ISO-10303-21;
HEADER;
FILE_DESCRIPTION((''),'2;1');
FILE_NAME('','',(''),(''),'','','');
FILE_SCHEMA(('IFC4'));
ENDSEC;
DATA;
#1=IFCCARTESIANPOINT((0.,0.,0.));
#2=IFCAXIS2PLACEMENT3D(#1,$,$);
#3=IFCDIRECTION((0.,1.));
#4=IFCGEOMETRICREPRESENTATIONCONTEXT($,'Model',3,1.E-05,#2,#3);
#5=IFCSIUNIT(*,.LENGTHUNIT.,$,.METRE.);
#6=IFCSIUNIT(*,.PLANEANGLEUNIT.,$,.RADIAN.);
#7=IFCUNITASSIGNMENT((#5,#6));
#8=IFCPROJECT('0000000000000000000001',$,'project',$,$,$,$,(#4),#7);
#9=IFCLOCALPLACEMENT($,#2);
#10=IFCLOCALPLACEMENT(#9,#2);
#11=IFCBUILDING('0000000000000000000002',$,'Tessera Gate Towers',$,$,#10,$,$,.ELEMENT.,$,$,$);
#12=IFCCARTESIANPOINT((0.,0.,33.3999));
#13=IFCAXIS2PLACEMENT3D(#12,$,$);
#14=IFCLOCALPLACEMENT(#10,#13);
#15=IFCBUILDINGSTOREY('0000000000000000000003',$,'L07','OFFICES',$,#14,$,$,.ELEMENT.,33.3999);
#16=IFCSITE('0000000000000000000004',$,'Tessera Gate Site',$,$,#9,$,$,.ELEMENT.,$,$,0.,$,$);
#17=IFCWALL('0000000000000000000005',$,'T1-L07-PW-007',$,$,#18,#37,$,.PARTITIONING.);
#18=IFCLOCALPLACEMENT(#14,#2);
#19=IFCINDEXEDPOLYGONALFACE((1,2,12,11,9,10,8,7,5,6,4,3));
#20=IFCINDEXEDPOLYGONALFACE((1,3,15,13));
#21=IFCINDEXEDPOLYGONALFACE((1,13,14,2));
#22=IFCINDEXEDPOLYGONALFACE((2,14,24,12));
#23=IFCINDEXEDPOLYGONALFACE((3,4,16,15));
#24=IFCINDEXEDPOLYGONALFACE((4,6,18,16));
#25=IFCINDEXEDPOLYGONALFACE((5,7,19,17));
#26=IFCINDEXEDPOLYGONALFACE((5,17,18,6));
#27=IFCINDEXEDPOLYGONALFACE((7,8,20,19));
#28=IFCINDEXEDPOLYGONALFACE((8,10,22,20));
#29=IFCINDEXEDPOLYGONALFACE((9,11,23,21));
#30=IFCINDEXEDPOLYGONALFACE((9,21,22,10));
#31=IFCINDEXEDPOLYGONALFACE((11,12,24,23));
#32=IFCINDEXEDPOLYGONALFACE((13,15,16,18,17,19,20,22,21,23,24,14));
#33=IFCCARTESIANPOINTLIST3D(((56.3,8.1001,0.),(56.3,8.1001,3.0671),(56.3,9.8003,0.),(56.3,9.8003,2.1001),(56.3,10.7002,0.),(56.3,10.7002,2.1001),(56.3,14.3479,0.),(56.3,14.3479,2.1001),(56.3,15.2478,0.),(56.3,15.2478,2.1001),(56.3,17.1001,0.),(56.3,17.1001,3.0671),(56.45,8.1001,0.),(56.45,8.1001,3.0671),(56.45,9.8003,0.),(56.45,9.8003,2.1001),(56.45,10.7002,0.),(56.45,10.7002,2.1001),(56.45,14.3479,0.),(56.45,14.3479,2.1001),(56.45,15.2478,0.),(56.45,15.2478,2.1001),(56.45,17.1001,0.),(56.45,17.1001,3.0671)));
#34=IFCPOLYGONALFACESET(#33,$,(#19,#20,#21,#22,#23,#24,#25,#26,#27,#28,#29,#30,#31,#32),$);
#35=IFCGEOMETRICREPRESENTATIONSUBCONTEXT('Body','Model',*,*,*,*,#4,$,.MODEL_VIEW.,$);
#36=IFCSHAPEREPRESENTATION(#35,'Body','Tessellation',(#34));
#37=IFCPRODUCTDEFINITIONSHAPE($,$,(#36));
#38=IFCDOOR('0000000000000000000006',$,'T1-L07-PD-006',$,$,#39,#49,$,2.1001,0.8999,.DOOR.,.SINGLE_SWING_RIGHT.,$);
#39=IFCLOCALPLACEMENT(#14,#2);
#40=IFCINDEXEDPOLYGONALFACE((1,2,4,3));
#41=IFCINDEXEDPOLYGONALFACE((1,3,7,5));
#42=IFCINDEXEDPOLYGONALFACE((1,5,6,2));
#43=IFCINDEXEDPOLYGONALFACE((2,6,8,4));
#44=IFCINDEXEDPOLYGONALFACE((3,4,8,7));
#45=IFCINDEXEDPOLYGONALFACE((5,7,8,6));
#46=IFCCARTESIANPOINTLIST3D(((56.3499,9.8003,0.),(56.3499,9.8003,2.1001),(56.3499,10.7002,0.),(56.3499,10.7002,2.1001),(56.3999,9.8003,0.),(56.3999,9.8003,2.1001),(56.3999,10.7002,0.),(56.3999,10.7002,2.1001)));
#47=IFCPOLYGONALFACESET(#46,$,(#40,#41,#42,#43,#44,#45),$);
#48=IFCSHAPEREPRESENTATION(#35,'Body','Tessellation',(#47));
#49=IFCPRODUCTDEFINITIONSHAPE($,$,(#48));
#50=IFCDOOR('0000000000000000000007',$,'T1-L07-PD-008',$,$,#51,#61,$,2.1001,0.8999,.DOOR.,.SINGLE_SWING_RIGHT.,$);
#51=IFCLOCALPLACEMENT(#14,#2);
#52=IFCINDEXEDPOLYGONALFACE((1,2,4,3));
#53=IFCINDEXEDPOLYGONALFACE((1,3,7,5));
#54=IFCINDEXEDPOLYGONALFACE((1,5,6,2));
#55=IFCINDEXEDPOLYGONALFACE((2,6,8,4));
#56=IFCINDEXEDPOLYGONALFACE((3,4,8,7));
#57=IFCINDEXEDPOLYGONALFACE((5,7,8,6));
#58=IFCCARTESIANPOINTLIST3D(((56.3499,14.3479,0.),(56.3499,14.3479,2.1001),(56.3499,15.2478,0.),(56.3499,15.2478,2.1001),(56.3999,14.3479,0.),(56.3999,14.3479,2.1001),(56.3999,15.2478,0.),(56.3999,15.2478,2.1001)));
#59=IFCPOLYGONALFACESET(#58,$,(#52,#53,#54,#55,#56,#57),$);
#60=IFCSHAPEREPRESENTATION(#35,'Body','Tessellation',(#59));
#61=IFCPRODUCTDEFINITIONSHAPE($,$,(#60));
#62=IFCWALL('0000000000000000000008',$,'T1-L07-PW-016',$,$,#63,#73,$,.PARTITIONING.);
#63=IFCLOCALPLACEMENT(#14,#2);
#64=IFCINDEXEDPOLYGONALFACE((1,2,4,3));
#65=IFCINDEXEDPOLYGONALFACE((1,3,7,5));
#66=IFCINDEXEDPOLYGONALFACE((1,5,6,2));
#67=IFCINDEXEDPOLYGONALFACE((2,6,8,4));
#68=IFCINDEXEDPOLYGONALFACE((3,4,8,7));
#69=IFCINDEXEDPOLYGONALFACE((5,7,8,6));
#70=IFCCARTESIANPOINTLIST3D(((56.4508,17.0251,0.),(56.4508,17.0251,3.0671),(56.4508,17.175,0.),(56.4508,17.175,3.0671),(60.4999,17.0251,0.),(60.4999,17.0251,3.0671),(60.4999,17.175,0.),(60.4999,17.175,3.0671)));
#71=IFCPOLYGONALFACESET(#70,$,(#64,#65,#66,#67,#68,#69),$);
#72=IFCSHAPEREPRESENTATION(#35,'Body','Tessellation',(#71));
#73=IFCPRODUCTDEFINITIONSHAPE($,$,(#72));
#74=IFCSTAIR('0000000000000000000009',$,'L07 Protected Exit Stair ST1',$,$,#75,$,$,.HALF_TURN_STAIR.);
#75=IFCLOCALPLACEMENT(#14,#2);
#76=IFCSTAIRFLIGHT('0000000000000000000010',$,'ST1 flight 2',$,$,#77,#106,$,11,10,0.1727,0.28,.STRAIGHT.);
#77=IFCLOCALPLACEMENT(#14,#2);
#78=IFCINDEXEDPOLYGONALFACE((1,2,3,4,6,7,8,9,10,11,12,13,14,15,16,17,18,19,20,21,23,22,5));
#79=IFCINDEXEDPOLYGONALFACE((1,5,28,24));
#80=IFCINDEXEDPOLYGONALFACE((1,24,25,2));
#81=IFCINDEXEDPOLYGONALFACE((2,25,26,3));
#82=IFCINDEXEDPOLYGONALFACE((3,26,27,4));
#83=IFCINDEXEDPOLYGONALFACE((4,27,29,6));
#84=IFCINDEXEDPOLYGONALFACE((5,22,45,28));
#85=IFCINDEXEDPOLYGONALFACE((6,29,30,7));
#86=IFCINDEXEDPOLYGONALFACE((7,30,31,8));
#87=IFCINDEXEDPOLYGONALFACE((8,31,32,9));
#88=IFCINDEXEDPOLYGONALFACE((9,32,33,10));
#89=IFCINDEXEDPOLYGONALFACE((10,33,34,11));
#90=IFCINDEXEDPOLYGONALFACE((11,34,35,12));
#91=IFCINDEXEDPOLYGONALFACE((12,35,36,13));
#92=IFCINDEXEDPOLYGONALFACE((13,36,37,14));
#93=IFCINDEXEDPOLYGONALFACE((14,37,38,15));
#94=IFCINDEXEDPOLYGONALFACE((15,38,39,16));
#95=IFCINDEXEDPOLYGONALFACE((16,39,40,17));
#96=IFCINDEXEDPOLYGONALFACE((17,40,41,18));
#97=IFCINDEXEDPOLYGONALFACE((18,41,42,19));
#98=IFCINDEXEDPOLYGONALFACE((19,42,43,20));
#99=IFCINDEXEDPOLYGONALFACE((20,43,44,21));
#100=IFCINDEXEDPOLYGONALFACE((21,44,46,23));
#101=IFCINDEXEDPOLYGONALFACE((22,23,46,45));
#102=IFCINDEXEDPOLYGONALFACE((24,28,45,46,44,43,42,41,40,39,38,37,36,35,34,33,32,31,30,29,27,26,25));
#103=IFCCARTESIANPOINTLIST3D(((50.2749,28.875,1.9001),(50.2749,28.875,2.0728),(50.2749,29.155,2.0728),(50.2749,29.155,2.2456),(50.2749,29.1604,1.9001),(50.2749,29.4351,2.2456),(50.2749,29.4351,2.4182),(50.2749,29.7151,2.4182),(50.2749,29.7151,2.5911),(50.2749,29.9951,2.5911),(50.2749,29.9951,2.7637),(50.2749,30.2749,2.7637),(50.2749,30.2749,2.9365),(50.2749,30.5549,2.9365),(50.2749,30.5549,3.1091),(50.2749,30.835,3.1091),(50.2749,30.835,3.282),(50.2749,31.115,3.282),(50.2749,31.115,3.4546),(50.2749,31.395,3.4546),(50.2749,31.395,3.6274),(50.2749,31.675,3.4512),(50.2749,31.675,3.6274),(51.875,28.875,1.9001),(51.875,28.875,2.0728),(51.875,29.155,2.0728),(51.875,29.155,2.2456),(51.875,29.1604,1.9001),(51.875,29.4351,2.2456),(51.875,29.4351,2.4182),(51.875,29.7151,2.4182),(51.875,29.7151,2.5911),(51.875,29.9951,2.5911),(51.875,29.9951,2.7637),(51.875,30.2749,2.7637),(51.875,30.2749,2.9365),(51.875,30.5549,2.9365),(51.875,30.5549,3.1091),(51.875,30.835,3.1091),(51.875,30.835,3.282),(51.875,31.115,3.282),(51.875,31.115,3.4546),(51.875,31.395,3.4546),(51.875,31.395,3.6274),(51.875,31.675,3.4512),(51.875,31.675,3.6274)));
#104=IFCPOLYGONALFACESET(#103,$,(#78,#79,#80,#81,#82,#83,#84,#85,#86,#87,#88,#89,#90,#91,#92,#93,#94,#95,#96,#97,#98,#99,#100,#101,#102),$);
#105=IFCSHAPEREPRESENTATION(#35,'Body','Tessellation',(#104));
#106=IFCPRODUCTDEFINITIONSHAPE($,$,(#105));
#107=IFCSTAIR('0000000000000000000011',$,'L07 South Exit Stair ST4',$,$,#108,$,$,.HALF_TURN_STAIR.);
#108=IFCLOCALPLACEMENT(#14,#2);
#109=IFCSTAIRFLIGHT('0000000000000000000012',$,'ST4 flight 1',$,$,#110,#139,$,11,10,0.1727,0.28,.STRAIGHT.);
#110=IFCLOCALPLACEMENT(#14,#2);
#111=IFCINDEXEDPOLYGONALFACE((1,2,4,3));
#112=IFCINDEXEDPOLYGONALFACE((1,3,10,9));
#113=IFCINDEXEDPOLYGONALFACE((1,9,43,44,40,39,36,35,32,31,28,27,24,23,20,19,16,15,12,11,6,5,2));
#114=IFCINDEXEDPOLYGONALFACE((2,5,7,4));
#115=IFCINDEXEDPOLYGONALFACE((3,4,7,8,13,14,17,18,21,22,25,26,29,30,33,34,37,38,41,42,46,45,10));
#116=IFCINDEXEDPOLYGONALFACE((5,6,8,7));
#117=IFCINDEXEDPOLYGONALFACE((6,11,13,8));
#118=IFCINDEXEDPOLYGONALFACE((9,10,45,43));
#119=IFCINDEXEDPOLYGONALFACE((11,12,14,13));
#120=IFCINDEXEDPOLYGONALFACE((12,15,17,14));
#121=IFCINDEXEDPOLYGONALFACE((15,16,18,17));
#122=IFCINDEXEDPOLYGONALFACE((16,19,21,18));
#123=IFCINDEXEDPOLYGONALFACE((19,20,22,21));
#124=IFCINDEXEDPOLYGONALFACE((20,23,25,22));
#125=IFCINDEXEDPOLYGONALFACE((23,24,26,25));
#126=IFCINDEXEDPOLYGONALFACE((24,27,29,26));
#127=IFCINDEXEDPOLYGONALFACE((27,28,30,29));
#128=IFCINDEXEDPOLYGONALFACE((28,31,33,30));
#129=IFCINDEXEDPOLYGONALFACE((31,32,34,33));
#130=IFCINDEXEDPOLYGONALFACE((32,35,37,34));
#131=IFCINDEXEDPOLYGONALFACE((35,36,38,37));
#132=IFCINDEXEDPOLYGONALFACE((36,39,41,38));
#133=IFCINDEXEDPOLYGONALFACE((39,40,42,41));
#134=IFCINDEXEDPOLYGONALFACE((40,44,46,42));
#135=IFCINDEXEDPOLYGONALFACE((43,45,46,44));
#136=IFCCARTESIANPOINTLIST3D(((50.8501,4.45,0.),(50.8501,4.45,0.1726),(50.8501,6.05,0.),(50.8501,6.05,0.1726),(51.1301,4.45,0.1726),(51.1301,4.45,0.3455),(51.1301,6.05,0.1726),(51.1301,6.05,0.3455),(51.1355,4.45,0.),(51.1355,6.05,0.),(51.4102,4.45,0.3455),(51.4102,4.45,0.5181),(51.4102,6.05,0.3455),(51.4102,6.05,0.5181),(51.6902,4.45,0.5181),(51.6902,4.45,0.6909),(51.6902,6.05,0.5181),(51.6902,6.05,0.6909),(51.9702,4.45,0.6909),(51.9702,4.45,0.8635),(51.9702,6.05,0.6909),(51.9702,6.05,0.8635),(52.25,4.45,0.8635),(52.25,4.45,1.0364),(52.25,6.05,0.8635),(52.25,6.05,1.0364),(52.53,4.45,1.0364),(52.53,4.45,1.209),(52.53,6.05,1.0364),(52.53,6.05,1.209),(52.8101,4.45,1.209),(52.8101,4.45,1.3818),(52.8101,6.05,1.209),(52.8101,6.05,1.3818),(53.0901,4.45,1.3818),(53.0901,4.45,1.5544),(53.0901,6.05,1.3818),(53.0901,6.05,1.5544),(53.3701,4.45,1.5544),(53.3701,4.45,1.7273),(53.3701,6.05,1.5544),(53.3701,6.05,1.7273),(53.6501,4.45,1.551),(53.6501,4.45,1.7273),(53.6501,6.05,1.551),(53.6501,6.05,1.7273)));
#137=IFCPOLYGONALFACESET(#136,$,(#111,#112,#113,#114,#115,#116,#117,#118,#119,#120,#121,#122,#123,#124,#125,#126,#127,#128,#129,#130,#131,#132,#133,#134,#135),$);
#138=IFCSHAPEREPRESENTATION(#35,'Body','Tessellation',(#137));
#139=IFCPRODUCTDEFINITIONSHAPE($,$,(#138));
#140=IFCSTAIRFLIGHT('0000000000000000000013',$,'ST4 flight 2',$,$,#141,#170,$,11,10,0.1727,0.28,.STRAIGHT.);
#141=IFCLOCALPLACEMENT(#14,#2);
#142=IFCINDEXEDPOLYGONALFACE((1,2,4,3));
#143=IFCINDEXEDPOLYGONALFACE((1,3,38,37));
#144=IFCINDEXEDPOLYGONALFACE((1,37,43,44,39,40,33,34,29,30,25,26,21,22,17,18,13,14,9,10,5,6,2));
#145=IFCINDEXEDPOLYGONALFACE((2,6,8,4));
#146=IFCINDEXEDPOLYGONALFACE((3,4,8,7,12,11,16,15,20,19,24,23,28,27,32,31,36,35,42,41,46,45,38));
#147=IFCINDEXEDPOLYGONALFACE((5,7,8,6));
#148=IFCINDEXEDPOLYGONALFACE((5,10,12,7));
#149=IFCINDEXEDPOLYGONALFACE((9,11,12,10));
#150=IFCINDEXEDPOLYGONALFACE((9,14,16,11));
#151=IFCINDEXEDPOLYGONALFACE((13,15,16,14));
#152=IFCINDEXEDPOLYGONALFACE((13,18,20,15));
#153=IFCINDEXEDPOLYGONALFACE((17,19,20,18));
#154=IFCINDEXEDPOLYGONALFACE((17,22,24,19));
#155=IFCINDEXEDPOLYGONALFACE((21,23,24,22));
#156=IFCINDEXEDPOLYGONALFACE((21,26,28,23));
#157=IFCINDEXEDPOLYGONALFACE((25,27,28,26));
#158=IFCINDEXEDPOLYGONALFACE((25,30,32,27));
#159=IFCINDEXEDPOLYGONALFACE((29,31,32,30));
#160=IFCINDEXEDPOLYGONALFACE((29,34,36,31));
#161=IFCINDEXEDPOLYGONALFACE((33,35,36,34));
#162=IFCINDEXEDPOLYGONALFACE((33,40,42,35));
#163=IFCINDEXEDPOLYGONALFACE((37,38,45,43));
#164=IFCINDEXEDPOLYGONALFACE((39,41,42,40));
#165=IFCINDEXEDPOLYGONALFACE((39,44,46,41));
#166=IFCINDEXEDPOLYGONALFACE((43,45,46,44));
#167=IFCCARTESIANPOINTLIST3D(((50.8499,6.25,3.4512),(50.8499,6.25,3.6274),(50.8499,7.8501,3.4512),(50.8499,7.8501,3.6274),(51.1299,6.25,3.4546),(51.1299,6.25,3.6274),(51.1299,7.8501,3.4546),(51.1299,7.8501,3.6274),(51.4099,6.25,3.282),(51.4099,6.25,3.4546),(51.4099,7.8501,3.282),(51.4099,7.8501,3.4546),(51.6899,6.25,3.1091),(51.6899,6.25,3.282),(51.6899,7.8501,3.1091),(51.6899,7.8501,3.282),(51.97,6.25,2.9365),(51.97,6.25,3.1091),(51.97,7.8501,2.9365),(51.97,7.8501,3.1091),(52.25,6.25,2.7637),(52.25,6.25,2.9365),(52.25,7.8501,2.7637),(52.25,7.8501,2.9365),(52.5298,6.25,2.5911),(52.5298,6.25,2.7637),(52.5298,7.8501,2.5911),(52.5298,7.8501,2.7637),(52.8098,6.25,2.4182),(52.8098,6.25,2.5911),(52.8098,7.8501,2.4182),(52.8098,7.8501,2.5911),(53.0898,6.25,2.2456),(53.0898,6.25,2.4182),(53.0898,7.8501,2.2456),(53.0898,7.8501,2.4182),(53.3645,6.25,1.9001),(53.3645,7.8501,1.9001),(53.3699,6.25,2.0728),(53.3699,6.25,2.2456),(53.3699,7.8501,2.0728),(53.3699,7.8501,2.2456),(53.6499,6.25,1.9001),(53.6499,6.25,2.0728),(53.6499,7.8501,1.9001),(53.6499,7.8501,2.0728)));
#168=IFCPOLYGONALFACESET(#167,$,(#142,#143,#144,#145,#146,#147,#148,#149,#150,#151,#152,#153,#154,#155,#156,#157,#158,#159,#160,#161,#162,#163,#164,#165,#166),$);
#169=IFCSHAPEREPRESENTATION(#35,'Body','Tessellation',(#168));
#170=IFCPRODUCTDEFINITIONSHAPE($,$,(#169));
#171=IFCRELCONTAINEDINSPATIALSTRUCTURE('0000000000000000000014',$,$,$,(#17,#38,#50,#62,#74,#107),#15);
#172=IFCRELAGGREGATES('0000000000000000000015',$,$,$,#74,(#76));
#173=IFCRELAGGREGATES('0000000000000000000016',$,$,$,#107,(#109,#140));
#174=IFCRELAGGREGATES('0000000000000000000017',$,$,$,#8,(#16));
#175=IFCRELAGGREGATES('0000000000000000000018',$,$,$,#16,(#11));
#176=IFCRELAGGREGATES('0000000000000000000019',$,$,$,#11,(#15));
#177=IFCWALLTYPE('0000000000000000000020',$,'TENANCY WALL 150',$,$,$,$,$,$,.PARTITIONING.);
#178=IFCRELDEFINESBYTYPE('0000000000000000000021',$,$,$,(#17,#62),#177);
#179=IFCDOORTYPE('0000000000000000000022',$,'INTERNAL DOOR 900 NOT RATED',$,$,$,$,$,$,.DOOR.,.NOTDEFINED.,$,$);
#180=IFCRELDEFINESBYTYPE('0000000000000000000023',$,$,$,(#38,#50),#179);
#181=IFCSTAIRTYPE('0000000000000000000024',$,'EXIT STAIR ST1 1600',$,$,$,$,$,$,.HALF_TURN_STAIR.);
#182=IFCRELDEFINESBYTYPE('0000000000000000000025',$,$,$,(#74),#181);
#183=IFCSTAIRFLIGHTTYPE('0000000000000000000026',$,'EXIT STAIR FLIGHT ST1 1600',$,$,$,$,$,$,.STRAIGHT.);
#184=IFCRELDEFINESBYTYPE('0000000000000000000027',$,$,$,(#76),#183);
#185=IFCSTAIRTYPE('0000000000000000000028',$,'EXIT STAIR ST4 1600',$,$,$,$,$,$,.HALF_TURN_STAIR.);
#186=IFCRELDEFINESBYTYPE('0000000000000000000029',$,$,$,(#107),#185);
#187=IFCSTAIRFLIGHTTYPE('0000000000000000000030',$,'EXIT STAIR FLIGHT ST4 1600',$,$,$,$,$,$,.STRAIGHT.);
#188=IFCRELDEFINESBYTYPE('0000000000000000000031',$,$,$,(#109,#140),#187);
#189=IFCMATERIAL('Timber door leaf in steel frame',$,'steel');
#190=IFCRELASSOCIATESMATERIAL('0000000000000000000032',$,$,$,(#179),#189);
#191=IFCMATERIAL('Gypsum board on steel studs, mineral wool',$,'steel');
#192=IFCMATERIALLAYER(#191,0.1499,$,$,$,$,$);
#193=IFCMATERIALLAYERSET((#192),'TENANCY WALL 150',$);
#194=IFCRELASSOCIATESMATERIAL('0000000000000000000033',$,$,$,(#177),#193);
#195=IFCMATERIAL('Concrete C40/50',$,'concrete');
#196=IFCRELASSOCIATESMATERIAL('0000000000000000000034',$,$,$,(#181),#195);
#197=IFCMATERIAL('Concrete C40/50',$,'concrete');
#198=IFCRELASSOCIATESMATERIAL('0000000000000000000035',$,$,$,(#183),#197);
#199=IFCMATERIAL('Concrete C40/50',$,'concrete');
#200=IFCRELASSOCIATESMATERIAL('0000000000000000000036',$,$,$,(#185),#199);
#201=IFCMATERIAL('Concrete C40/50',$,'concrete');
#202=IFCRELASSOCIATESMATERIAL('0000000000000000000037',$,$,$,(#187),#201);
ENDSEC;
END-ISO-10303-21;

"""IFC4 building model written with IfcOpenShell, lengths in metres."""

from ifc_helpers import new_model, si_unit, direction, frame, frame_2d, origin, place, context, subcontext, project, spatial, polyline, rectangle, outline, extrude, source, transform, mapped, material, layer, layer_set, type_object, element, fill, aggregate, save


model = new_model("IFC4")

# Units and contexts
model_context = context("Model", 3, precision=1e-05, world=origin(), true_north=direction((0.0, 1.0)))
body_context = subcontext(model_context, "Body", "Model", "MODEL_VIEW")
ifc_project = project(units=[si_unit("LENGTHUNIT", "METRE"), si_unit("PLANEANGLEUNIT", "RADIAN")], contexts=[model_context])

# Site, building, storey
site_placement = place(None, origin())
site = spatial("IfcSite", under=ifc_project, at=site_placement, Name="Tessera Gate Site", CompositionType="ELEMENT", RefElevation=0.0)
building_placement = place(site_placement, origin())
building = spatial("IfcBuilding", under=site, at=building_placement, Name="Tessera Gate Towers", CompositionType="ELEMENT")
storey_placement = place(building_placement, frame((0.0, 0.0, 33.3999)))
storey = spatial("IfcBuildingStorey", under=building, at=storey_placement, Name="L07", Description="OFFICES", CompositionType="ELEMENT", Elevation=33.3999)

# Shared definitions
ifc_material_1 = material(Name="Timber door leaf in steel frame", Category="steel")
door_type_1 = type_object("IfcDoorType", Name="INTERNAL DOOR 900 NOT RATED", OperationType="NOTDEFINED", PredefinedType="DOOR", material=ifc_material_1)
shared_shape_1 = source(origin(), body_context, "Body", "SweptSolid", [
    extrude(rectangle(XDim=0.8999, YDim=2.1001, at=frame_2d((0.45, 1.05))), frame((0.0, 0.0249, 0.0), z_axis=(0.0, -1.0, 0.0), x_axis=(1.0, 0.0, 0.0)), (0.0, 0.0, 1.0), 0.05),
])

# Wall, openings, doors
ifc_material_2 = material(Name="Gypsum board on steel studs, mineral wool", Category="steel")
ifc_layer_1 = layer(ifc_material_2, 0.1499)
ifc_layer_set_1 = layer_set([ifc_layer_1], Name="TENANCY WALL 150")
wall_type_1 = type_object("IfcWallType", Name="TENANCY WALL 150", PredefinedType="PARTITIONING", material=ifc_layer_set_1)
wall_1_placement = place(storey_placement, frame((56.375, 17.1001, 0.0), z_axis=(0.0, 0.0, 1.0), x_axis=(0.0, -1.0, 0.0)))
wall_1 = element("IfcWall", 1, at=wall_1_placement, inside=storey, type_object=wall_type_1, Name="T1-L07-PW-007", PredefinedType="PARTITIONING", context=body_context, shape_type="SweptSolid", body=[
    extrude(rectangle(XDim=9.0, YDim=0.1499, at=frame_2d((4.5, 0.0))), origin(), (0.0, 0.0, 1.0), 3.0671),
])
shared_shape_2 = source(origin(), body_context, "Body", "SweptSolid", [
    extrude(rectangle(XDim=0.8999, YDim=2.1001, at=frame_2d((0.45, 1.05))), frame((0.0, 0.085, 0.0), z_axis=(0.0, -1.0, 0.0), x_axis=(1.0, 0.0, 0.0)), (0.0, 0.0, 1.0), 0.1699),
])
opening_1_placement = place(wall_1_placement, frame((6.3999, 0.0, 0.0)))
opening_1 = element("IfcOpeningElement", 2, at=opening_1_placement, cuts=wall_1, PredefinedType="OPENING", context=body_context, shape_type="MappedRepresentation", body=[
    mapped(shared_shape_2, transform((0.0, 0.0, 0.0), scale=1.0)),
])
opening_2_placement = place(wall_1_placement, frame((1.8523, 0.0, 0.0)))
opening_2 = element("IfcOpeningElement", 3, at=opening_2_placement, cuts=wall_1, PredefinedType="OPENING", context=body_context, shape_type="MappedRepresentation", body=[
    mapped(shared_shape_2, transform((0.0, 0.0, 0.0), scale=1.0)),
])
door_1_placement = place(opening_1_placement, origin())
door_1 = element("IfcDoor", 4, at=door_1_placement, inside=storey, type_object=door_type_1, Name="T1-L07-PD-006", OperationType="SINGLE_SWING_RIGHT", OverallHeight=2.1001, OverallWidth=0.8999, PredefinedType="DOOR", context=body_context, shape_type="MappedRepresentation", body=[
    mapped(shared_shape_1, transform((0.0, 0.0, 0.0), scale=1.0)),
])
fill(opening_1, door_1)
door_2_placement = place(opening_2_placement, origin())
door_2 = element("IfcDoor", 5, at=door_2_placement, inside=storey, type_object=door_type_1, Name="T1-L07-PD-008", OperationType="SINGLE_SWING_RIGHT", OverallHeight=2.1001, OverallWidth=0.8999, PredefinedType="DOOR", context=body_context, shape_type="MappedRepresentation", body=[
    mapped(shared_shape_1, transform((0.0, 0.0, 0.0), scale=1.0)),
])
fill(opening_2, door_2)

# Wall
wall_2_placement = place(storey_placement, frame((56.4509, 17.1001, 0.0), z_axis=(0.0, 0.0, 1.0), x_axis=(1.0, 0.0, 0.0)))
element("IfcWall", 6, at=wall_2_placement, inside=storey, type_object=wall_type_1, Name="T1-L07-PW-016", PredefinedType="PARTITIONING", context=body_context, shape_type="SweptSolid", body=[
    extrude(rectangle(XDim=4.0491, YDim=0.1499, at=frame_2d((2.0244, 0.0))), origin(), (0.0, 0.0, 1.0), 3.0671),
])

# Stair, stair flight
ifc_material_3 = material(Name="Concrete C40/50", Category="concrete")
stair_type_1 = type_object("IfcStairType", Name="EXIT STAIR ST1 1600", PredefinedType="HALF_TURN_STAIR", material=ifc_material_3)
stair_1_placement = place(storey_placement, origin())
stair_1 = element("IfcStair", 7, at=stair_1_placement, inside=storey, type_object=stair_type_1, Name="L07 Protected Exit Stair ST1", PredefinedType="HALF_TURN_STAIR")
ifc_material_4 = material(Name="Concrete C40/50", Category="concrete")
stair_flight_type_1 = type_object("IfcStairFlightType", Name="EXIT STAIR FLIGHT ST1 1600", PredefinedType="STRAIGHT", material=ifc_material_4)
stair_flight_1_placement = place(storey_placement, frame((51.075, 28.875, 1.9001), z_axis=(0.0, 0.0, 1.0), x_axis=(0.0, 1.0, 0.0)))
stair_flight_1 = element("IfcStairFlight", 8, at=stair_flight_1_placement, type_object=stair_flight_type_1, Name="ST1 flight 2", NumberOfRisers=11, NumberOfTreads=10, PredefinedType="STRAIGHT", RiserHeight=0.1727, TreadLength=0.28, context=body_context, shape_type="SweptSolid", body=[
    extrude(outline(polyline([(0.0, 0.0), (0.0, 0.1726), (0.28, 0.1726), (0.28, 0.3455), (0.5601, 0.3455), (0.5601, 0.5181), (0.8401, 0.5181), (0.8401, 0.6909), (1.1201, 0.6909), (1.1201, 0.8635), (1.3999, 0.8635), (1.3999, 1.0364), (1.6799, 1.0364), (1.6799, 1.209), (1.96, 1.209), (1.96, 1.3818), (2.24, 1.3818), (2.24, 1.5544), (2.52, 1.5544), (2.52, 1.7273), (2.8, 1.7273), (2.8, 1.8999), (2.8, 1.551), (0.2854, 0.0), (0.0, 0.0)])), frame((0.0, 0.8, 0.0), z_axis=(0.0, -1.0, 0.0), x_axis=(1.0, 0.0, 0.0)), (0.0, 0.0, 1.0), 1.6001),
])
aggregate(stair_1, [stair_flight_1])

# Stair, stair flights
ifc_material_5 = material(Name="Concrete C40/50", Category="concrete")
stair_type_2 = type_object("IfcStairType", Name="EXIT STAIR ST4 1600", PredefinedType="HALF_TURN_STAIR", material=ifc_material_5)
stair_2_placement = place(storey_placement, origin())
stair_2 = element("IfcStair", 9, at=stair_2_placement, inside=storey, type_object=stair_type_2, Name="L07 South Exit Stair ST4", PredefinedType="HALF_TURN_STAIR")
ifc_material_6 = material(Name="Concrete C40/50", Category="concrete")
stair_flight_type_2 = type_object("IfcStairFlightType", Name="EXIT STAIR FLIGHT ST4 1600", PredefinedType="STRAIGHT", material=ifc_material_6)
stair_flight_2_placement = place(storey_placement, frame((50.8501, 5.25, 0.0), z_axis=(0.0, 0.0, 1.0), x_axis=(1.0, 0.0, 0.0)))
stair_flight_2 = element("IfcStairFlight", 10, at=stair_flight_2_placement, type_object=stair_flight_type_2, Name="ST4 flight 1", NumberOfRisers=11, NumberOfTreads=10, PredefinedType="STRAIGHT", RiserHeight=0.1727, TreadLength=0.28, context=body_context, shape_type="SweptSolid", body=[
    extrude(outline(polyline([(0.0, 0.0), (0.0, 0.1726), (0.28, 0.1726), (0.28, 0.3455), (0.5601, 0.3455), (0.5601, 0.5181), (0.8401, 0.5181), (0.8401, 0.6909), (1.1201, 0.6909), (1.1201, 0.8635), (1.3999, 0.8635), (1.3999, 1.0364), (1.6799, 1.0364), (1.6799, 1.209), (1.96, 1.209), (1.96, 1.3818), (2.24, 1.3818), (2.24, 1.5544), (2.52, 1.5544), (2.52, 1.7273), (2.8, 1.7273), (2.8, 1.8999), (2.8, 1.551), (0.2854, 0.0), (0.0, 0.0)])), frame((0.0, 0.8, 0.0), z_axis=(0.0, -1.0, 0.0), x_axis=(1.0, 0.0, 0.0)), (0.0, 0.0, 1.0), 1.6001),
])
stair_flight_3_placement = place(storey_placement, frame((53.6499, 7.05, 1.9001), z_axis=(0.0, 0.0, 1.0), x_axis=(-1.0, 0.0, 0.0)))
stair_flight_3 = element("IfcStairFlight", 11, at=stair_flight_3_placement, type_object=stair_flight_type_2, Name="ST4 flight 2", NumberOfRisers=11, NumberOfTreads=10, PredefinedType="STRAIGHT", RiserHeight=0.1727, TreadLength=0.28, context=body_context, shape_type="SweptSolid", body=[
    extrude(outline(polyline([(0.0, 0.0), (0.0, 0.1726), (0.28, 0.1726), (0.28, 0.3455), (0.5601, 0.3455), (0.5601, 0.5181), (0.8401, 0.5181), (0.8401, 0.6909), (1.1201, 0.6909), (1.1201, 0.8635), (1.3999, 0.8635), (1.3999, 1.0364), (1.6799, 1.0364), (1.6799, 1.209), (1.96, 1.209), (1.96, 1.3818), (2.24, 1.3818), (2.24, 1.5544), (2.52, 1.5544), (2.52, 1.7273), (2.8, 1.7273), (2.8, 1.8999), (2.8, 1.551), (0.2854, 0.0), (0.0, 0.0)])), frame((0.0, 0.8, 0.0), z_axis=(0.0, -1.0, 0.0), x_axis=(1.0, 0.0, 0.0)), (0.0, 0.0, 1.0), 1.6001),
])
aggregate(stair_2, [stair_flight_2, stair_flight_3])

save(model, "model.ifc")
